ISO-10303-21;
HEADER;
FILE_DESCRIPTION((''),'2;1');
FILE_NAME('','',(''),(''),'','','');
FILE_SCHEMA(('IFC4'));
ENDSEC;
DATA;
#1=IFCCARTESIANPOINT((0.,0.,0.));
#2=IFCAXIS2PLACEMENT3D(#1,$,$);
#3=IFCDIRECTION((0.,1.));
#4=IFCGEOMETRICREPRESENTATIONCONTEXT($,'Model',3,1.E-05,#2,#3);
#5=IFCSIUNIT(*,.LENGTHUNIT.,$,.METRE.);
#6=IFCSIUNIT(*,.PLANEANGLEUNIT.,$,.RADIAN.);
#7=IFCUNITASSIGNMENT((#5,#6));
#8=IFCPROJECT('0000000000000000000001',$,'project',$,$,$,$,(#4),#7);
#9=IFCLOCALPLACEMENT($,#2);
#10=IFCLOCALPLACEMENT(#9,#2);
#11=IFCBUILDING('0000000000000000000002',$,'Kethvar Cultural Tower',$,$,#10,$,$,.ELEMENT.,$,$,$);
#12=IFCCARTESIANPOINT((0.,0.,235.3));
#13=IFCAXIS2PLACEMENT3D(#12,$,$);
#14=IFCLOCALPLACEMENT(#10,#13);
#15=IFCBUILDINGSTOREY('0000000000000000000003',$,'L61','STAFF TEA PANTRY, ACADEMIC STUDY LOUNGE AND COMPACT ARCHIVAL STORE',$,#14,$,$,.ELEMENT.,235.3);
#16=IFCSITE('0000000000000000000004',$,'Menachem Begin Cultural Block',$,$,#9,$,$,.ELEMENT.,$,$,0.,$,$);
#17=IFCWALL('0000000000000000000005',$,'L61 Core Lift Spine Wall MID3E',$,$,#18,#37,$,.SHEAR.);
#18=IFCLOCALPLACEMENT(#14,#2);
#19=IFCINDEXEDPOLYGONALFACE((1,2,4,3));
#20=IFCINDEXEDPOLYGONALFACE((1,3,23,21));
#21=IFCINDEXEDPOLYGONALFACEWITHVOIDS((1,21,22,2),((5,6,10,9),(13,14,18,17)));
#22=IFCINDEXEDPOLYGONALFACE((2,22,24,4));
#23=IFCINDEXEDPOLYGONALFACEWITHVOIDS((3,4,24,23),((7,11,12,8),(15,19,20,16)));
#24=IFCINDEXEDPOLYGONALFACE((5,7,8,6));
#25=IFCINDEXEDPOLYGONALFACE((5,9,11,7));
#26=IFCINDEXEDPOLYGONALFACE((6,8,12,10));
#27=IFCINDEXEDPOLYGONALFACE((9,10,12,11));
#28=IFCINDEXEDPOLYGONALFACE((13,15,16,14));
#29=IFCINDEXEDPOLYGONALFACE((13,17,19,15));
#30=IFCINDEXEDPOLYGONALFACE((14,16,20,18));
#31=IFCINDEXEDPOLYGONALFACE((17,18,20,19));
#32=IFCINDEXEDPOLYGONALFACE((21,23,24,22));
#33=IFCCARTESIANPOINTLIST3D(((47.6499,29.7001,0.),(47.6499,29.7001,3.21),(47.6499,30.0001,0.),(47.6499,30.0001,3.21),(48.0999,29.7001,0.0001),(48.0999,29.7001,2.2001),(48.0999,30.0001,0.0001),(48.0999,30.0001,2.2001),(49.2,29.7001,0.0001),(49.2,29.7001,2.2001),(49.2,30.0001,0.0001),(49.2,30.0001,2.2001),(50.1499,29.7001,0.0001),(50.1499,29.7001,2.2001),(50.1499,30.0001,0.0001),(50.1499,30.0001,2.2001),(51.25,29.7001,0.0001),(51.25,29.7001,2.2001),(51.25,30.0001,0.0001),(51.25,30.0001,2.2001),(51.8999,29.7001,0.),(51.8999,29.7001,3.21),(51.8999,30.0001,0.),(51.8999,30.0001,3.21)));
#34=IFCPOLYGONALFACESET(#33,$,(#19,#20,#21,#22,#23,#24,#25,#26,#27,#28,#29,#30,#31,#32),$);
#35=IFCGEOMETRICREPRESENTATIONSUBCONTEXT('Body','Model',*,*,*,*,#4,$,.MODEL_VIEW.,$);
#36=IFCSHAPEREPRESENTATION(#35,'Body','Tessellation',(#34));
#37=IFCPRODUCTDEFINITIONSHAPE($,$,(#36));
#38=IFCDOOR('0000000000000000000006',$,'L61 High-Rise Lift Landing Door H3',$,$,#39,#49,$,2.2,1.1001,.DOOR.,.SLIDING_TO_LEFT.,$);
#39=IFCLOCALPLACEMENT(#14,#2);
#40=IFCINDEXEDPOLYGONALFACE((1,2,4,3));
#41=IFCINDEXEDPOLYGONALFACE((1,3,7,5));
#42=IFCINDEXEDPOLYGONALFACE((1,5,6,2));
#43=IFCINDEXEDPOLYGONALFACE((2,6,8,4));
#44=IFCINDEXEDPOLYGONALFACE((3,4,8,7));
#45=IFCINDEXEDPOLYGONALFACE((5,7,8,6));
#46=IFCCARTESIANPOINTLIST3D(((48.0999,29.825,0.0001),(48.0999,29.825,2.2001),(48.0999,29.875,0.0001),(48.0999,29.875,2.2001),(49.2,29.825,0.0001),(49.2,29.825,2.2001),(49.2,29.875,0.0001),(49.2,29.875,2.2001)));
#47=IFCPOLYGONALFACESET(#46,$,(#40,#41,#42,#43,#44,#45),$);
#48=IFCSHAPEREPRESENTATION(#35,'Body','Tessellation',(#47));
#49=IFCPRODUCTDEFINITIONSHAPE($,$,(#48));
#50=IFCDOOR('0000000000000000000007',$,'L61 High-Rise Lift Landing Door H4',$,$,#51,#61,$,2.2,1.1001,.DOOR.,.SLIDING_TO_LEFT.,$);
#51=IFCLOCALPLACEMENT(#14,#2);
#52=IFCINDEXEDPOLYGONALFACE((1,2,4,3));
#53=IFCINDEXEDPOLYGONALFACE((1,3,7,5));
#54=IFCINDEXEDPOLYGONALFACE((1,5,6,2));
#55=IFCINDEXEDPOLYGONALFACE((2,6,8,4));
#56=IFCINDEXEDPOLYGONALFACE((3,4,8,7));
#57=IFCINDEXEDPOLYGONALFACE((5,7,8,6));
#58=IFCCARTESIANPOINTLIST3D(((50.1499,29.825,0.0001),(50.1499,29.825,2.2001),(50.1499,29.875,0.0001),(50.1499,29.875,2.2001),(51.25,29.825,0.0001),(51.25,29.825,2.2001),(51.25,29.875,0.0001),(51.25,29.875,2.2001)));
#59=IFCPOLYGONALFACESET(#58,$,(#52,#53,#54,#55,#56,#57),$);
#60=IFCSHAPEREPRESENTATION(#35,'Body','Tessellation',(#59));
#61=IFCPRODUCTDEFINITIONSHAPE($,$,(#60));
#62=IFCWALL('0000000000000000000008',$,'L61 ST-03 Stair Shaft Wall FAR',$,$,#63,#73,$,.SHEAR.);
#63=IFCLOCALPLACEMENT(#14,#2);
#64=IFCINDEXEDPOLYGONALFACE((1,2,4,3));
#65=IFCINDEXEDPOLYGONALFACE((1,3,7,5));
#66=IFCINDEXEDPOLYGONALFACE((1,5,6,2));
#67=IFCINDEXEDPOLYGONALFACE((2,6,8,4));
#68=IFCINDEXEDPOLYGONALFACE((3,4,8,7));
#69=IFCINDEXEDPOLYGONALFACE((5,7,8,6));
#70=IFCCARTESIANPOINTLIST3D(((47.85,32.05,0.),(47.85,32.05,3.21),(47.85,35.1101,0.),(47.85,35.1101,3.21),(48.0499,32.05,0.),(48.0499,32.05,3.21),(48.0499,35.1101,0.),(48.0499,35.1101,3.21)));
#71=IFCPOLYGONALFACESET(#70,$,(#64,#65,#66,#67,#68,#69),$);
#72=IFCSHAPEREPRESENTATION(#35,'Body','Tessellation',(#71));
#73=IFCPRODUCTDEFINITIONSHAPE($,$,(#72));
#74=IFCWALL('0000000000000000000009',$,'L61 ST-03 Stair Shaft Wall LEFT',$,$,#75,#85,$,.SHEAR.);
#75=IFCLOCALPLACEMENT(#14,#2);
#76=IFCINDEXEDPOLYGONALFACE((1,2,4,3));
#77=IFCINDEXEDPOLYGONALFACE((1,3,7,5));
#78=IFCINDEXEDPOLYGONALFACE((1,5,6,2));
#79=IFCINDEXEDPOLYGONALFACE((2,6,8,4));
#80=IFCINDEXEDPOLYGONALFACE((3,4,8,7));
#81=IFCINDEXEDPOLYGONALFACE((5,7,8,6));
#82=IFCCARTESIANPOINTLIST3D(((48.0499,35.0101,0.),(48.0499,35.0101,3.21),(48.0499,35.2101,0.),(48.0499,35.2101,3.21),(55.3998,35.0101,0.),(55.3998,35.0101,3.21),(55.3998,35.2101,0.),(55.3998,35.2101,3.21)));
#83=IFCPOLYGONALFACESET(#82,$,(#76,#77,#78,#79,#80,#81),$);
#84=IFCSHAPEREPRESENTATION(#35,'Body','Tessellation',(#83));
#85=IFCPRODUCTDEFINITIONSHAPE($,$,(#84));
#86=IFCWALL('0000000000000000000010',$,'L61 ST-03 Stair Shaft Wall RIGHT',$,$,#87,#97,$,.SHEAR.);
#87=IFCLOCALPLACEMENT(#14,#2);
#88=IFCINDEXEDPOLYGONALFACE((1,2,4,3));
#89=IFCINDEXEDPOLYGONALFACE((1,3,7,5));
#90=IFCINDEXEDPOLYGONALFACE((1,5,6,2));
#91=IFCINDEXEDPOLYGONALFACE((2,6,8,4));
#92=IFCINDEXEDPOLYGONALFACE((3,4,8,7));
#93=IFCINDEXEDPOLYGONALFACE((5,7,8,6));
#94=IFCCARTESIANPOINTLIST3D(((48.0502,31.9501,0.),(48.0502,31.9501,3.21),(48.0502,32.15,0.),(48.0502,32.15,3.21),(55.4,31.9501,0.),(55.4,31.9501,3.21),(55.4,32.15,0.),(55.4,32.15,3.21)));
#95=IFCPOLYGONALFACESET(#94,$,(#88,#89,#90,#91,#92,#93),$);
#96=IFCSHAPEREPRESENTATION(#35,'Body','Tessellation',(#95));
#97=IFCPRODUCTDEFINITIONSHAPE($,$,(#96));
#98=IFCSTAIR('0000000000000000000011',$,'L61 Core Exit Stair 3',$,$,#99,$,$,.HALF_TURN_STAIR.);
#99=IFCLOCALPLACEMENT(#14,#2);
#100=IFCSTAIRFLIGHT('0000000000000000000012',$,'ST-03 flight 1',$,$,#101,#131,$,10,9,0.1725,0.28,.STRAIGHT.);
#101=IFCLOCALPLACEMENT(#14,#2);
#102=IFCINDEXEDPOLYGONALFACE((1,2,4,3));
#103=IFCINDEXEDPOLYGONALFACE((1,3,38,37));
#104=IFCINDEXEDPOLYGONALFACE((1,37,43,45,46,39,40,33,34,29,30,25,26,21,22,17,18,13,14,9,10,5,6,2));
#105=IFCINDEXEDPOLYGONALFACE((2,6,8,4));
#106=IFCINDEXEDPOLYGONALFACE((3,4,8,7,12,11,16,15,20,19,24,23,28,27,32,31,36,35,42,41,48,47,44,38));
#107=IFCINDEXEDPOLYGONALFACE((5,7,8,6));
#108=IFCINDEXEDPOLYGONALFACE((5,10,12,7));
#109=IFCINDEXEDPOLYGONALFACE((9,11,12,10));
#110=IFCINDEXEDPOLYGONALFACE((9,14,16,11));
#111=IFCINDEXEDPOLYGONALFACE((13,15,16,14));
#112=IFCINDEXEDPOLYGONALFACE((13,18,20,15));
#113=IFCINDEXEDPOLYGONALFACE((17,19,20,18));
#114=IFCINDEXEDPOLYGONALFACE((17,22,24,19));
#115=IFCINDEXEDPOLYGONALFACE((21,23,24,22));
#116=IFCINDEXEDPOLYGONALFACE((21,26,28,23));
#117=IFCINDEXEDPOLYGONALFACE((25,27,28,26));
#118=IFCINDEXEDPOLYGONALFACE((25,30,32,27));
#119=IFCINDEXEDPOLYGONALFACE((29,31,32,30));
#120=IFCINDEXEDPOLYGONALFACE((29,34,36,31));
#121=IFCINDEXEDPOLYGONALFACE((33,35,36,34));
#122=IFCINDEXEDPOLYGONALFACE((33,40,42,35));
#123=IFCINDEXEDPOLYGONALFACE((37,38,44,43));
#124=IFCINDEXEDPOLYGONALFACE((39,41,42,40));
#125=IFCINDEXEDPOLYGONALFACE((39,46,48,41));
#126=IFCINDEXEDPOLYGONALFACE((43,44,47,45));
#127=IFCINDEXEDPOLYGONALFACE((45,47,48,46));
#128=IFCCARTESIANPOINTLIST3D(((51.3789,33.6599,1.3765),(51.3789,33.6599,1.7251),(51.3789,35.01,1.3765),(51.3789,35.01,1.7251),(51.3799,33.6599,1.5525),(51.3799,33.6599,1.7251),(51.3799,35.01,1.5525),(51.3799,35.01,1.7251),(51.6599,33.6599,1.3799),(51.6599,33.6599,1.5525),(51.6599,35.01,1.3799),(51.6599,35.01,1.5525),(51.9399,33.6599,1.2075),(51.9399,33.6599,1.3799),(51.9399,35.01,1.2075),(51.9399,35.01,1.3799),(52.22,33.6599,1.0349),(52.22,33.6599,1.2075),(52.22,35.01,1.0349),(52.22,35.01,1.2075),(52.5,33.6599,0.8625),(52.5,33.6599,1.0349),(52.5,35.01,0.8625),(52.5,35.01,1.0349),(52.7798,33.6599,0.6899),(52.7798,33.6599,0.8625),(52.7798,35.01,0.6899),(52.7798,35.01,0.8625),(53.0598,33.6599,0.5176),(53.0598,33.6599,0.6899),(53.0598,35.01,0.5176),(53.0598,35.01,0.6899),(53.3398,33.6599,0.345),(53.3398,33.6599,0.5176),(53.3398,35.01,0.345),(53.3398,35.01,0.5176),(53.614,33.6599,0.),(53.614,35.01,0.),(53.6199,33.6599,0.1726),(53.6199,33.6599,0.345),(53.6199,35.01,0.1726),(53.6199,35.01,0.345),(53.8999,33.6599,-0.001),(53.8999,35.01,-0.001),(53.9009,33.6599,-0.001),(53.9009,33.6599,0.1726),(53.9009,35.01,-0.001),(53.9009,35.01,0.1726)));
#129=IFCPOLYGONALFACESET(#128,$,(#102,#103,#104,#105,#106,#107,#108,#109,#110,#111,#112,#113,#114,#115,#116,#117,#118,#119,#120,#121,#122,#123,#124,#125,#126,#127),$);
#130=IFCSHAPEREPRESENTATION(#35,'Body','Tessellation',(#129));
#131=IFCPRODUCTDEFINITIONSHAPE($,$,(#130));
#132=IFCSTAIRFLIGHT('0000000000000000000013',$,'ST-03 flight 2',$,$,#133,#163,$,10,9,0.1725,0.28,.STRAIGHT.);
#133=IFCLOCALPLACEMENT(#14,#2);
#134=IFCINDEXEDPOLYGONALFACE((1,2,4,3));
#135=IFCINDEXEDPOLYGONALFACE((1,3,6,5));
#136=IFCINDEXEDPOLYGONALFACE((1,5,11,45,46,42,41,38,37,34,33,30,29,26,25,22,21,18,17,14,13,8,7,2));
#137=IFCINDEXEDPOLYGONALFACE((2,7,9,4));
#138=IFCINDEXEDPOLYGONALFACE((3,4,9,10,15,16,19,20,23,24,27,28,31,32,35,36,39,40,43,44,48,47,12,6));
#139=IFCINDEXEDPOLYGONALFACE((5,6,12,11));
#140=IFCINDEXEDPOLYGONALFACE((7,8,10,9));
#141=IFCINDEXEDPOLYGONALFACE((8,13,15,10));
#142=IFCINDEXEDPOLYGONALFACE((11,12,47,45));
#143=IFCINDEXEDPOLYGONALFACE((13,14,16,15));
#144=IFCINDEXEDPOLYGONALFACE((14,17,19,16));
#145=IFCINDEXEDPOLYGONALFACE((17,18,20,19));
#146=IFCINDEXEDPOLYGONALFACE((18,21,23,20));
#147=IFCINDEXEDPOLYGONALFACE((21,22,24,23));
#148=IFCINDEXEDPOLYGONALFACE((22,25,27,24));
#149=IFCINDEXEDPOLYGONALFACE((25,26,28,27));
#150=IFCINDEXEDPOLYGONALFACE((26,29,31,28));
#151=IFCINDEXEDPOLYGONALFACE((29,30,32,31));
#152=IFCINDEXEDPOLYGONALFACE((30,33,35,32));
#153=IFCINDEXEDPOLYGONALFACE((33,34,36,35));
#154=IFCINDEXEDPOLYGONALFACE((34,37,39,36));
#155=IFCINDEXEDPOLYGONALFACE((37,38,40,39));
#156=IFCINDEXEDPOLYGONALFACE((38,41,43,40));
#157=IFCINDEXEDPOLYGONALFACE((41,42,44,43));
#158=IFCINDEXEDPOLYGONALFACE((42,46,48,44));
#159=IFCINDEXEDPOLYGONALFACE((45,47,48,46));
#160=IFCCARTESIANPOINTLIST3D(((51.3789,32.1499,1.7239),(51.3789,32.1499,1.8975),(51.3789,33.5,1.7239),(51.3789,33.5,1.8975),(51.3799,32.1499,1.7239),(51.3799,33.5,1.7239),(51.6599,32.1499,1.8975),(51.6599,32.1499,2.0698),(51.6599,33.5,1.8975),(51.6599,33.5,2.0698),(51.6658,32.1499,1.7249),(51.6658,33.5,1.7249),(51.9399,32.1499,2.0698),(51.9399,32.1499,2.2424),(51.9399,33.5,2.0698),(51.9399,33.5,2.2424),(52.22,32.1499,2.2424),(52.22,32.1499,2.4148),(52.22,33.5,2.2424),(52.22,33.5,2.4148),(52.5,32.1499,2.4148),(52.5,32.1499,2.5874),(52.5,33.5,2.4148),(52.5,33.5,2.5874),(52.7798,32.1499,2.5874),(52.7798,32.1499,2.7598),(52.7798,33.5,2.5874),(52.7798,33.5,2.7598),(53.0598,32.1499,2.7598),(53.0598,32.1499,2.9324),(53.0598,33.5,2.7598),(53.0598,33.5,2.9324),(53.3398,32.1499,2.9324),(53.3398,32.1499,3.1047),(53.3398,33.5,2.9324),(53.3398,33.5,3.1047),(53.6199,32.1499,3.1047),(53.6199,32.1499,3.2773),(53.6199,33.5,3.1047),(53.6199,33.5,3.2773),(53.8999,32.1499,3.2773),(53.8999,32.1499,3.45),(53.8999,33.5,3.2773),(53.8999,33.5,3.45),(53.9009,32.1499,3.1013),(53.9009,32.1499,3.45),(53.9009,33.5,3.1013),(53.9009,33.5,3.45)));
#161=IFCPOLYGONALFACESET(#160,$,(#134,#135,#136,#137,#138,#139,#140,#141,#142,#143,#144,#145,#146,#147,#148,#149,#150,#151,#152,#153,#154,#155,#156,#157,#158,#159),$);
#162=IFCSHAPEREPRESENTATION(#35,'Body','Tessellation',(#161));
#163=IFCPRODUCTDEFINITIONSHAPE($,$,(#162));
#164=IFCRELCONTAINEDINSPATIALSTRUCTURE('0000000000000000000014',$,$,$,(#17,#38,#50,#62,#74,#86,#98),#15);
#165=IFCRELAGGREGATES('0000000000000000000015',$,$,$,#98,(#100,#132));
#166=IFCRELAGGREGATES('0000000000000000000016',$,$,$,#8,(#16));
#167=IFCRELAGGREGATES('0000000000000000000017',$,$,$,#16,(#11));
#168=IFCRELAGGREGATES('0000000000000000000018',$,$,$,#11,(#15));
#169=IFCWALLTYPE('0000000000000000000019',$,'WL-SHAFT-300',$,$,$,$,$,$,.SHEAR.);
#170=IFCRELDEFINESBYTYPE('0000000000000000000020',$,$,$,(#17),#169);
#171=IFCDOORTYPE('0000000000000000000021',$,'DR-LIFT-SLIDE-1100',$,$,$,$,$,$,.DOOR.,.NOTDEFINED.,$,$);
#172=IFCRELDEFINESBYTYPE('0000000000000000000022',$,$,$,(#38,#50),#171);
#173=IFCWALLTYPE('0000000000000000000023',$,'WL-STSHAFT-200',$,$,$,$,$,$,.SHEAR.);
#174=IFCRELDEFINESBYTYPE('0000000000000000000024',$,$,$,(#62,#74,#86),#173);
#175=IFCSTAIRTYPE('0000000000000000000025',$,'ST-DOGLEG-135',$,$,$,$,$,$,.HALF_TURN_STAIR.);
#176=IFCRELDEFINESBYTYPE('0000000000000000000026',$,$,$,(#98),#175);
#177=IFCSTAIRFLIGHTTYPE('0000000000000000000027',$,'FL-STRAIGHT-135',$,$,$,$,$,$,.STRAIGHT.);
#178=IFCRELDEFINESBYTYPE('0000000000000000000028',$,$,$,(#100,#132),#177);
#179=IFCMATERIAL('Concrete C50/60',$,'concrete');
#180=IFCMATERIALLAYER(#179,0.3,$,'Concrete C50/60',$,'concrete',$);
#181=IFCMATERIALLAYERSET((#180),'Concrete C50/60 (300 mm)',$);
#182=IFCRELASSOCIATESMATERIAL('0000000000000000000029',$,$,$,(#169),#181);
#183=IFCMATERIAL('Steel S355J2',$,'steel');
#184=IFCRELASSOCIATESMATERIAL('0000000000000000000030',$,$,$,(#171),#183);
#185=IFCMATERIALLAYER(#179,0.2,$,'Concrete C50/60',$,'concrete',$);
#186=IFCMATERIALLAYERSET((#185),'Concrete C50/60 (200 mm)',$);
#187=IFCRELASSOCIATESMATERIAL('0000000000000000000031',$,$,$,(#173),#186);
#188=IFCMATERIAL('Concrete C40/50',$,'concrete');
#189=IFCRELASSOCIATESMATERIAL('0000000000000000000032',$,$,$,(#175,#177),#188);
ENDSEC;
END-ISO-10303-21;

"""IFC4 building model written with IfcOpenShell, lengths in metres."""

from ifc_helpers import new_model, si_unit, direction, frame, frame_2d, origin, place, context, subcontext, project, spatial, polyline, rectangle, outline, extrude, source, transform, mapped, material, layer, layer_set, type_object, element, fill, aggregate, save


model = new_model("IFC4")

# Units and contexts
model_context = context("Model", 3, precision=1e-05, world=origin(), true_north=direction((0.0, 1.0)))
body_context = subcontext(model_context, "Body", "Model", "MODEL_VIEW")
ifc_project = project(units=[si_unit("LENGTHUNIT", "METRE"), si_unit("PLANEANGLEUNIT", "RADIAN")], contexts=[model_context])

# Site, building, storey
site_placement = place(None, origin())
site = spatial("IfcSite", under=ifc_project, at=site_placement, Name="Menachem Begin Cultural Block", CompositionType="ELEMENT", RefElevation=0.0)
building_placement = place(site_placement, origin())
building = spatial("IfcBuilding", under=site, at=building_placement, Name="Kethvar Cultural Tower", CompositionType="ELEMENT")
storey_placement = place(building_placement, frame((0.0, 0.0, 235.3)))
storey = spatial("IfcBuildingStorey", under=building, at=storey_placement, Name="L61", Description="STAFF TEA PANTRY, ACADEMIC STUDY LOUNGE AND COMPACT ARCHIVAL STORE", CompositionType="ELEMENT", Elevation=235.3)

# Shared definitions
ifc_material_1 = material(Name="Steel S355J2", Category="steel")

# Shared definitions
ifc_material_2 = material(Name="Concrete C40/50", Category="concrete")

# Wall, openings, doors
ifc_material_3 = material(Name="Concrete C50/60", Category="concrete")
ifc_layer_1 = layer(ifc_material_3, 0.3, Name="Concrete C50/60", Category="concrete")
ifc_layer_set_1 = layer_set([ifc_layer_1], Name="Concrete C50/60 (300 mm)")
wall_type_1 = type_object("IfcWallType", Name="WL-SHAFT-300", PredefinedType="SHEAR", material=ifc_layer_set_1)
wall_1_placement = place(storey_placement, frame((47.6499, 29.8501, 0.0), z_axis=(0.0, 0.0, 1.0), x_axis=(1.0, 0.0, 0.0)))
wall_1 = element("IfcWall", 1, at=wall_1_placement, inside=storey, type_object=wall_type_1, Name="L61 Core Lift Spine Wall MID3E", PredefinedType="SHEAR", context=body_context, shape_type="SweptSolid", body=[
    extrude(rectangle(XDim=4.25, YDim=0.3, at=frame_2d((2.125, 0.0))), origin(), (0.0, 0.0, 1.0), 3.21),
])
opening_1_placement = place(wall_1_placement, frame((0.45, 0.0, 0.0)))
opening_1 = element("IfcOpeningElement", 2, at=opening_1_placement, cuts=wall_1, PredefinedType="OPENING", context=body_context, shape_type="SweptSolid", body=[
    extrude(rectangle(XDim=1.1001, YDim=2.2, at=frame_2d((0.55, 1.1001))), frame((0.0, 0.1599, 0.0), z_axis=(0.0, -1.0, 0.0), x_axis=(1.0, 0.0, 0.0)), (0.0, 0.0, 1.0), 0.3201),
])
opening_2_placement = place(wall_1_placement, frame((2.5, 0.0, 0.0)))
opening_2 = element("IfcOpeningElement", 3, at=opening_2_placement, cuts=wall_1, PredefinedType="OPENING", context=body_context, shape_type="SweptSolid", body=[
    extrude(rectangle(XDim=1.1001, YDim=2.2, at=frame_2d((0.55, 1.1001))), frame((0.0, 0.1599, 0.0), z_axis=(0.0, -1.0, 0.0), x_axis=(1.0, 0.0, 0.0)), (0.0, 0.0, 1.0), 0.3201),
])
door_type = type_object("IfcDoorType", Name="DR-LIFT-SLIDE-1100", OperationType="NOTDEFINED", PredefinedType="DOOR", material=ifc_material_1)
shared_shape_1 = source(origin(), body_context, "Body", "SweptSolid", [
    extrude(rectangle(XDim=1.1001, YDim=2.2, at=frame_2d((0.55, 1.1001))), frame((0.0, 0.0249, 0.0), z_axis=(0.0, -1.0, 0.0), x_axis=(1.0, 0.0, 0.0)), (0.0, 0.0, 1.0), 0.05),
])
door_1_placement = place(opening_1_placement, origin())
door_1 = element("IfcDoor", 4, at=door_1_placement, inside=storey, type_object=door_type, Name="L61 High-Rise Lift Landing Door H3", OperationType="SLIDING_TO_LEFT", OverallHeight=2.2, OverallWidth=1.1001, PredefinedType="DOOR", context=body_context, shape_type="MappedRepresentation", body=[
    mapped(shared_shape_1, transform((0.0, 0.0, 0.0), scale=1.0)),
])
fill(opening_1, door_1)
door_2_placement = place(opening_2_placement, origin())
door_2 = element("IfcDoor", 5, at=door_2_placement, inside=storey, type_object=door_type, Name="L61 High-Rise Lift Landing Door H4", OperationType="SLIDING_TO_LEFT", OverallHeight=2.2, OverallWidth=1.1001, PredefinedType="DOOR", context=body_context, shape_type="MappedRepresentation", body=[
    mapped(shared_shape_1, transform((0.0, 0.0, 0.0), scale=1.0)),
])
fill(opening_2, door_2)

# Walls
ifc_layer_2 = layer(ifc_material_3, 0.2, Name="Concrete C50/60", Category="concrete")
ifc_layer_set_2 = layer_set([ifc_layer_2], Name="Concrete C50/60 (200 mm)")
wall_type_2 = type_object("IfcWallType", Name="WL-STSHAFT-200", PredefinedType="SHEAR", material=ifc_layer_set_2)
wall_2_placement = place(storey_placement, frame((47.95, 32.05, 0.0), z_axis=(0.0, 0.0, 1.0), x_axis=(0.0, 1.0, 0.0)))
element("IfcWall", 6, at=wall_2_placement, inside=storey, type_object=wall_type_2, Name="L61 ST-03 Stair Shaft Wall FAR", PredefinedType="SHEAR", context=body_context, shape_type="SweptSolid", body=[
    extrude(rectangle(XDim=3.0601, YDim=0.2, at=frame_2d((1.53, 0.0))), origin(), (0.0, 0.0, 1.0), 3.21),
])
for number, where, z_axis, x_axis, name in (
    (7, (48.05, 35.1101, 0.0), (0.0, 0.0, 1.0), (1.0, 0.0, 0.0), "L61 ST-03 Stair Shaft Wall LEFT"),
    (8, (55.3999, 32.05, 0.0), (0.0, 0.0, 1.0), (-1.0, 0.0, 0.0), "L61 ST-03 Stair Shaft Wall RIGHT"),
):
    element("IfcWall", number, at=place(storey_placement, frame(where, z_axis=z_axis, x_axis=x_axis)), inside=storey, type_object=wall_type_2, Name=name, PredefinedType="SHEAR", context=body_context, shape_type="SweptSolid", body=[
        extrude(rectangle(XDim=7.3499, YDim=0.2, at=frame_2d((3.6748, 0.0))), origin(), (0.0, 0.0, 1.0), 3.21),
    ])

# Stair, stair flights
stair_type = type_object("IfcStairType", Name="ST-DOGLEG-135", PredefinedType="HALF_TURN_STAIR", material=ifc_material_2)
stair_placement = place(storey_placement, origin())
stair = element("IfcStair", 9, at=stair_placement, inside=storey, type_object=stair_type, Name="L61 Core Exit Stair 3", PredefinedType="HALF_TURN_STAIR")
stair_flight_type = type_object("IfcStairFlightType", Name="FL-STRAIGHT-135", PredefinedType="STRAIGHT", material=ifc_material_2)
stair_flight_1_placement = place(storey_placement, frame((53.8999, 34.335, 0.0), z_axis=(0.0, 0.0, 1.0), x_axis=(-1.0, 0.0, 0.0)))
stair_flight_1 = element("IfcStairFlight", 10, at=stair_flight_1_placement, type_object=stair_flight_type, Name="ST-03 flight 1", NumberOfRisers=10, NumberOfTreads=9, PredefinedType="STRAIGHT", RiserHeight=0.1725, TreadLength=0.28, context=body_context, shape_type="SweptSolid", body=[
    extrude(outline(polyline([(-0.001, -0.001), (-0.001, 0.1726), (0.28, 0.1726), (0.28, 0.345), (0.5601, 0.345), (0.5601, 0.5176), (0.8401, 0.5176), (0.8401, 0.6899), (1.1201, 0.6899), (1.1201, 0.8625), (1.3999, 0.8625), (1.3999, 1.0349), (1.6799, 1.0349), (1.6799, 1.2075), (1.96, 1.2075), (1.96, 1.3799), (2.24, 1.3799), (2.24, 1.5525), (2.52, 1.5525), (2.52, 1.7251), (2.521, 1.7251), (2.521, 1.3765), (0.2859, 0.0), (0.0, -0.001), (-0.001, -0.001)])), frame((0.0, 0.675, 0.0), z_axis=(0.0, -1.0, 0.0), x_axis=(1.0, 0.0, 0.0)), (0.0, 0.0, 1.0), 1.3501),
])
stair_flight_2_placement = place(storey_placement, frame((51.3799, 32.825, 1.7249), z_axis=(0.0, 0.0, 1.0), x_axis=(1.0, 0.0, 0.0)))
stair_flight_2 = element("IfcStairFlight", 11, at=stair_flight_2_placement, type_object=stair_flight_type, Name="ST-03 flight 2", NumberOfRisers=10, NumberOfTreads=9, PredefinedType="STRAIGHT", RiserHeight=0.1725, TreadLength=0.28, context=body_context, shape_type="SweptSolid", body=[
    extrude(outline(polyline([(-0.001, -0.001), (-0.001, 0.1726), (0.28, 0.1726), (0.28, 0.345), (0.5601, 0.345), (0.5601, 0.5176), (0.8401, 0.5176), (0.8401, 0.6899), (1.1201, 0.6899), (1.1201, 0.8625), (1.3999, 0.8625), (1.3999, 1.0349), (1.6799, 1.0349), (1.6799, 1.2075), (1.96, 1.2075), (1.96, 1.3799), (2.24, 1.3799), (2.24, 1.5525), (2.52, 1.5525), (2.52, 1.7251), (2.521, 1.7251), (2.521, 1.3765), (0.2859, 0.0), (0.0, -0.001), (-0.001, -0.001)])), frame((0.0, 0.675, 0.0), z_axis=(0.0, -1.0, 0.0), x_axis=(1.0, 0.0, 0.0)), (0.0, 0.0, 1.0), 1.3501),
])
aggregate(stair, [stair_flight_1, stair_flight_2])

save(model, "model.ifc")
